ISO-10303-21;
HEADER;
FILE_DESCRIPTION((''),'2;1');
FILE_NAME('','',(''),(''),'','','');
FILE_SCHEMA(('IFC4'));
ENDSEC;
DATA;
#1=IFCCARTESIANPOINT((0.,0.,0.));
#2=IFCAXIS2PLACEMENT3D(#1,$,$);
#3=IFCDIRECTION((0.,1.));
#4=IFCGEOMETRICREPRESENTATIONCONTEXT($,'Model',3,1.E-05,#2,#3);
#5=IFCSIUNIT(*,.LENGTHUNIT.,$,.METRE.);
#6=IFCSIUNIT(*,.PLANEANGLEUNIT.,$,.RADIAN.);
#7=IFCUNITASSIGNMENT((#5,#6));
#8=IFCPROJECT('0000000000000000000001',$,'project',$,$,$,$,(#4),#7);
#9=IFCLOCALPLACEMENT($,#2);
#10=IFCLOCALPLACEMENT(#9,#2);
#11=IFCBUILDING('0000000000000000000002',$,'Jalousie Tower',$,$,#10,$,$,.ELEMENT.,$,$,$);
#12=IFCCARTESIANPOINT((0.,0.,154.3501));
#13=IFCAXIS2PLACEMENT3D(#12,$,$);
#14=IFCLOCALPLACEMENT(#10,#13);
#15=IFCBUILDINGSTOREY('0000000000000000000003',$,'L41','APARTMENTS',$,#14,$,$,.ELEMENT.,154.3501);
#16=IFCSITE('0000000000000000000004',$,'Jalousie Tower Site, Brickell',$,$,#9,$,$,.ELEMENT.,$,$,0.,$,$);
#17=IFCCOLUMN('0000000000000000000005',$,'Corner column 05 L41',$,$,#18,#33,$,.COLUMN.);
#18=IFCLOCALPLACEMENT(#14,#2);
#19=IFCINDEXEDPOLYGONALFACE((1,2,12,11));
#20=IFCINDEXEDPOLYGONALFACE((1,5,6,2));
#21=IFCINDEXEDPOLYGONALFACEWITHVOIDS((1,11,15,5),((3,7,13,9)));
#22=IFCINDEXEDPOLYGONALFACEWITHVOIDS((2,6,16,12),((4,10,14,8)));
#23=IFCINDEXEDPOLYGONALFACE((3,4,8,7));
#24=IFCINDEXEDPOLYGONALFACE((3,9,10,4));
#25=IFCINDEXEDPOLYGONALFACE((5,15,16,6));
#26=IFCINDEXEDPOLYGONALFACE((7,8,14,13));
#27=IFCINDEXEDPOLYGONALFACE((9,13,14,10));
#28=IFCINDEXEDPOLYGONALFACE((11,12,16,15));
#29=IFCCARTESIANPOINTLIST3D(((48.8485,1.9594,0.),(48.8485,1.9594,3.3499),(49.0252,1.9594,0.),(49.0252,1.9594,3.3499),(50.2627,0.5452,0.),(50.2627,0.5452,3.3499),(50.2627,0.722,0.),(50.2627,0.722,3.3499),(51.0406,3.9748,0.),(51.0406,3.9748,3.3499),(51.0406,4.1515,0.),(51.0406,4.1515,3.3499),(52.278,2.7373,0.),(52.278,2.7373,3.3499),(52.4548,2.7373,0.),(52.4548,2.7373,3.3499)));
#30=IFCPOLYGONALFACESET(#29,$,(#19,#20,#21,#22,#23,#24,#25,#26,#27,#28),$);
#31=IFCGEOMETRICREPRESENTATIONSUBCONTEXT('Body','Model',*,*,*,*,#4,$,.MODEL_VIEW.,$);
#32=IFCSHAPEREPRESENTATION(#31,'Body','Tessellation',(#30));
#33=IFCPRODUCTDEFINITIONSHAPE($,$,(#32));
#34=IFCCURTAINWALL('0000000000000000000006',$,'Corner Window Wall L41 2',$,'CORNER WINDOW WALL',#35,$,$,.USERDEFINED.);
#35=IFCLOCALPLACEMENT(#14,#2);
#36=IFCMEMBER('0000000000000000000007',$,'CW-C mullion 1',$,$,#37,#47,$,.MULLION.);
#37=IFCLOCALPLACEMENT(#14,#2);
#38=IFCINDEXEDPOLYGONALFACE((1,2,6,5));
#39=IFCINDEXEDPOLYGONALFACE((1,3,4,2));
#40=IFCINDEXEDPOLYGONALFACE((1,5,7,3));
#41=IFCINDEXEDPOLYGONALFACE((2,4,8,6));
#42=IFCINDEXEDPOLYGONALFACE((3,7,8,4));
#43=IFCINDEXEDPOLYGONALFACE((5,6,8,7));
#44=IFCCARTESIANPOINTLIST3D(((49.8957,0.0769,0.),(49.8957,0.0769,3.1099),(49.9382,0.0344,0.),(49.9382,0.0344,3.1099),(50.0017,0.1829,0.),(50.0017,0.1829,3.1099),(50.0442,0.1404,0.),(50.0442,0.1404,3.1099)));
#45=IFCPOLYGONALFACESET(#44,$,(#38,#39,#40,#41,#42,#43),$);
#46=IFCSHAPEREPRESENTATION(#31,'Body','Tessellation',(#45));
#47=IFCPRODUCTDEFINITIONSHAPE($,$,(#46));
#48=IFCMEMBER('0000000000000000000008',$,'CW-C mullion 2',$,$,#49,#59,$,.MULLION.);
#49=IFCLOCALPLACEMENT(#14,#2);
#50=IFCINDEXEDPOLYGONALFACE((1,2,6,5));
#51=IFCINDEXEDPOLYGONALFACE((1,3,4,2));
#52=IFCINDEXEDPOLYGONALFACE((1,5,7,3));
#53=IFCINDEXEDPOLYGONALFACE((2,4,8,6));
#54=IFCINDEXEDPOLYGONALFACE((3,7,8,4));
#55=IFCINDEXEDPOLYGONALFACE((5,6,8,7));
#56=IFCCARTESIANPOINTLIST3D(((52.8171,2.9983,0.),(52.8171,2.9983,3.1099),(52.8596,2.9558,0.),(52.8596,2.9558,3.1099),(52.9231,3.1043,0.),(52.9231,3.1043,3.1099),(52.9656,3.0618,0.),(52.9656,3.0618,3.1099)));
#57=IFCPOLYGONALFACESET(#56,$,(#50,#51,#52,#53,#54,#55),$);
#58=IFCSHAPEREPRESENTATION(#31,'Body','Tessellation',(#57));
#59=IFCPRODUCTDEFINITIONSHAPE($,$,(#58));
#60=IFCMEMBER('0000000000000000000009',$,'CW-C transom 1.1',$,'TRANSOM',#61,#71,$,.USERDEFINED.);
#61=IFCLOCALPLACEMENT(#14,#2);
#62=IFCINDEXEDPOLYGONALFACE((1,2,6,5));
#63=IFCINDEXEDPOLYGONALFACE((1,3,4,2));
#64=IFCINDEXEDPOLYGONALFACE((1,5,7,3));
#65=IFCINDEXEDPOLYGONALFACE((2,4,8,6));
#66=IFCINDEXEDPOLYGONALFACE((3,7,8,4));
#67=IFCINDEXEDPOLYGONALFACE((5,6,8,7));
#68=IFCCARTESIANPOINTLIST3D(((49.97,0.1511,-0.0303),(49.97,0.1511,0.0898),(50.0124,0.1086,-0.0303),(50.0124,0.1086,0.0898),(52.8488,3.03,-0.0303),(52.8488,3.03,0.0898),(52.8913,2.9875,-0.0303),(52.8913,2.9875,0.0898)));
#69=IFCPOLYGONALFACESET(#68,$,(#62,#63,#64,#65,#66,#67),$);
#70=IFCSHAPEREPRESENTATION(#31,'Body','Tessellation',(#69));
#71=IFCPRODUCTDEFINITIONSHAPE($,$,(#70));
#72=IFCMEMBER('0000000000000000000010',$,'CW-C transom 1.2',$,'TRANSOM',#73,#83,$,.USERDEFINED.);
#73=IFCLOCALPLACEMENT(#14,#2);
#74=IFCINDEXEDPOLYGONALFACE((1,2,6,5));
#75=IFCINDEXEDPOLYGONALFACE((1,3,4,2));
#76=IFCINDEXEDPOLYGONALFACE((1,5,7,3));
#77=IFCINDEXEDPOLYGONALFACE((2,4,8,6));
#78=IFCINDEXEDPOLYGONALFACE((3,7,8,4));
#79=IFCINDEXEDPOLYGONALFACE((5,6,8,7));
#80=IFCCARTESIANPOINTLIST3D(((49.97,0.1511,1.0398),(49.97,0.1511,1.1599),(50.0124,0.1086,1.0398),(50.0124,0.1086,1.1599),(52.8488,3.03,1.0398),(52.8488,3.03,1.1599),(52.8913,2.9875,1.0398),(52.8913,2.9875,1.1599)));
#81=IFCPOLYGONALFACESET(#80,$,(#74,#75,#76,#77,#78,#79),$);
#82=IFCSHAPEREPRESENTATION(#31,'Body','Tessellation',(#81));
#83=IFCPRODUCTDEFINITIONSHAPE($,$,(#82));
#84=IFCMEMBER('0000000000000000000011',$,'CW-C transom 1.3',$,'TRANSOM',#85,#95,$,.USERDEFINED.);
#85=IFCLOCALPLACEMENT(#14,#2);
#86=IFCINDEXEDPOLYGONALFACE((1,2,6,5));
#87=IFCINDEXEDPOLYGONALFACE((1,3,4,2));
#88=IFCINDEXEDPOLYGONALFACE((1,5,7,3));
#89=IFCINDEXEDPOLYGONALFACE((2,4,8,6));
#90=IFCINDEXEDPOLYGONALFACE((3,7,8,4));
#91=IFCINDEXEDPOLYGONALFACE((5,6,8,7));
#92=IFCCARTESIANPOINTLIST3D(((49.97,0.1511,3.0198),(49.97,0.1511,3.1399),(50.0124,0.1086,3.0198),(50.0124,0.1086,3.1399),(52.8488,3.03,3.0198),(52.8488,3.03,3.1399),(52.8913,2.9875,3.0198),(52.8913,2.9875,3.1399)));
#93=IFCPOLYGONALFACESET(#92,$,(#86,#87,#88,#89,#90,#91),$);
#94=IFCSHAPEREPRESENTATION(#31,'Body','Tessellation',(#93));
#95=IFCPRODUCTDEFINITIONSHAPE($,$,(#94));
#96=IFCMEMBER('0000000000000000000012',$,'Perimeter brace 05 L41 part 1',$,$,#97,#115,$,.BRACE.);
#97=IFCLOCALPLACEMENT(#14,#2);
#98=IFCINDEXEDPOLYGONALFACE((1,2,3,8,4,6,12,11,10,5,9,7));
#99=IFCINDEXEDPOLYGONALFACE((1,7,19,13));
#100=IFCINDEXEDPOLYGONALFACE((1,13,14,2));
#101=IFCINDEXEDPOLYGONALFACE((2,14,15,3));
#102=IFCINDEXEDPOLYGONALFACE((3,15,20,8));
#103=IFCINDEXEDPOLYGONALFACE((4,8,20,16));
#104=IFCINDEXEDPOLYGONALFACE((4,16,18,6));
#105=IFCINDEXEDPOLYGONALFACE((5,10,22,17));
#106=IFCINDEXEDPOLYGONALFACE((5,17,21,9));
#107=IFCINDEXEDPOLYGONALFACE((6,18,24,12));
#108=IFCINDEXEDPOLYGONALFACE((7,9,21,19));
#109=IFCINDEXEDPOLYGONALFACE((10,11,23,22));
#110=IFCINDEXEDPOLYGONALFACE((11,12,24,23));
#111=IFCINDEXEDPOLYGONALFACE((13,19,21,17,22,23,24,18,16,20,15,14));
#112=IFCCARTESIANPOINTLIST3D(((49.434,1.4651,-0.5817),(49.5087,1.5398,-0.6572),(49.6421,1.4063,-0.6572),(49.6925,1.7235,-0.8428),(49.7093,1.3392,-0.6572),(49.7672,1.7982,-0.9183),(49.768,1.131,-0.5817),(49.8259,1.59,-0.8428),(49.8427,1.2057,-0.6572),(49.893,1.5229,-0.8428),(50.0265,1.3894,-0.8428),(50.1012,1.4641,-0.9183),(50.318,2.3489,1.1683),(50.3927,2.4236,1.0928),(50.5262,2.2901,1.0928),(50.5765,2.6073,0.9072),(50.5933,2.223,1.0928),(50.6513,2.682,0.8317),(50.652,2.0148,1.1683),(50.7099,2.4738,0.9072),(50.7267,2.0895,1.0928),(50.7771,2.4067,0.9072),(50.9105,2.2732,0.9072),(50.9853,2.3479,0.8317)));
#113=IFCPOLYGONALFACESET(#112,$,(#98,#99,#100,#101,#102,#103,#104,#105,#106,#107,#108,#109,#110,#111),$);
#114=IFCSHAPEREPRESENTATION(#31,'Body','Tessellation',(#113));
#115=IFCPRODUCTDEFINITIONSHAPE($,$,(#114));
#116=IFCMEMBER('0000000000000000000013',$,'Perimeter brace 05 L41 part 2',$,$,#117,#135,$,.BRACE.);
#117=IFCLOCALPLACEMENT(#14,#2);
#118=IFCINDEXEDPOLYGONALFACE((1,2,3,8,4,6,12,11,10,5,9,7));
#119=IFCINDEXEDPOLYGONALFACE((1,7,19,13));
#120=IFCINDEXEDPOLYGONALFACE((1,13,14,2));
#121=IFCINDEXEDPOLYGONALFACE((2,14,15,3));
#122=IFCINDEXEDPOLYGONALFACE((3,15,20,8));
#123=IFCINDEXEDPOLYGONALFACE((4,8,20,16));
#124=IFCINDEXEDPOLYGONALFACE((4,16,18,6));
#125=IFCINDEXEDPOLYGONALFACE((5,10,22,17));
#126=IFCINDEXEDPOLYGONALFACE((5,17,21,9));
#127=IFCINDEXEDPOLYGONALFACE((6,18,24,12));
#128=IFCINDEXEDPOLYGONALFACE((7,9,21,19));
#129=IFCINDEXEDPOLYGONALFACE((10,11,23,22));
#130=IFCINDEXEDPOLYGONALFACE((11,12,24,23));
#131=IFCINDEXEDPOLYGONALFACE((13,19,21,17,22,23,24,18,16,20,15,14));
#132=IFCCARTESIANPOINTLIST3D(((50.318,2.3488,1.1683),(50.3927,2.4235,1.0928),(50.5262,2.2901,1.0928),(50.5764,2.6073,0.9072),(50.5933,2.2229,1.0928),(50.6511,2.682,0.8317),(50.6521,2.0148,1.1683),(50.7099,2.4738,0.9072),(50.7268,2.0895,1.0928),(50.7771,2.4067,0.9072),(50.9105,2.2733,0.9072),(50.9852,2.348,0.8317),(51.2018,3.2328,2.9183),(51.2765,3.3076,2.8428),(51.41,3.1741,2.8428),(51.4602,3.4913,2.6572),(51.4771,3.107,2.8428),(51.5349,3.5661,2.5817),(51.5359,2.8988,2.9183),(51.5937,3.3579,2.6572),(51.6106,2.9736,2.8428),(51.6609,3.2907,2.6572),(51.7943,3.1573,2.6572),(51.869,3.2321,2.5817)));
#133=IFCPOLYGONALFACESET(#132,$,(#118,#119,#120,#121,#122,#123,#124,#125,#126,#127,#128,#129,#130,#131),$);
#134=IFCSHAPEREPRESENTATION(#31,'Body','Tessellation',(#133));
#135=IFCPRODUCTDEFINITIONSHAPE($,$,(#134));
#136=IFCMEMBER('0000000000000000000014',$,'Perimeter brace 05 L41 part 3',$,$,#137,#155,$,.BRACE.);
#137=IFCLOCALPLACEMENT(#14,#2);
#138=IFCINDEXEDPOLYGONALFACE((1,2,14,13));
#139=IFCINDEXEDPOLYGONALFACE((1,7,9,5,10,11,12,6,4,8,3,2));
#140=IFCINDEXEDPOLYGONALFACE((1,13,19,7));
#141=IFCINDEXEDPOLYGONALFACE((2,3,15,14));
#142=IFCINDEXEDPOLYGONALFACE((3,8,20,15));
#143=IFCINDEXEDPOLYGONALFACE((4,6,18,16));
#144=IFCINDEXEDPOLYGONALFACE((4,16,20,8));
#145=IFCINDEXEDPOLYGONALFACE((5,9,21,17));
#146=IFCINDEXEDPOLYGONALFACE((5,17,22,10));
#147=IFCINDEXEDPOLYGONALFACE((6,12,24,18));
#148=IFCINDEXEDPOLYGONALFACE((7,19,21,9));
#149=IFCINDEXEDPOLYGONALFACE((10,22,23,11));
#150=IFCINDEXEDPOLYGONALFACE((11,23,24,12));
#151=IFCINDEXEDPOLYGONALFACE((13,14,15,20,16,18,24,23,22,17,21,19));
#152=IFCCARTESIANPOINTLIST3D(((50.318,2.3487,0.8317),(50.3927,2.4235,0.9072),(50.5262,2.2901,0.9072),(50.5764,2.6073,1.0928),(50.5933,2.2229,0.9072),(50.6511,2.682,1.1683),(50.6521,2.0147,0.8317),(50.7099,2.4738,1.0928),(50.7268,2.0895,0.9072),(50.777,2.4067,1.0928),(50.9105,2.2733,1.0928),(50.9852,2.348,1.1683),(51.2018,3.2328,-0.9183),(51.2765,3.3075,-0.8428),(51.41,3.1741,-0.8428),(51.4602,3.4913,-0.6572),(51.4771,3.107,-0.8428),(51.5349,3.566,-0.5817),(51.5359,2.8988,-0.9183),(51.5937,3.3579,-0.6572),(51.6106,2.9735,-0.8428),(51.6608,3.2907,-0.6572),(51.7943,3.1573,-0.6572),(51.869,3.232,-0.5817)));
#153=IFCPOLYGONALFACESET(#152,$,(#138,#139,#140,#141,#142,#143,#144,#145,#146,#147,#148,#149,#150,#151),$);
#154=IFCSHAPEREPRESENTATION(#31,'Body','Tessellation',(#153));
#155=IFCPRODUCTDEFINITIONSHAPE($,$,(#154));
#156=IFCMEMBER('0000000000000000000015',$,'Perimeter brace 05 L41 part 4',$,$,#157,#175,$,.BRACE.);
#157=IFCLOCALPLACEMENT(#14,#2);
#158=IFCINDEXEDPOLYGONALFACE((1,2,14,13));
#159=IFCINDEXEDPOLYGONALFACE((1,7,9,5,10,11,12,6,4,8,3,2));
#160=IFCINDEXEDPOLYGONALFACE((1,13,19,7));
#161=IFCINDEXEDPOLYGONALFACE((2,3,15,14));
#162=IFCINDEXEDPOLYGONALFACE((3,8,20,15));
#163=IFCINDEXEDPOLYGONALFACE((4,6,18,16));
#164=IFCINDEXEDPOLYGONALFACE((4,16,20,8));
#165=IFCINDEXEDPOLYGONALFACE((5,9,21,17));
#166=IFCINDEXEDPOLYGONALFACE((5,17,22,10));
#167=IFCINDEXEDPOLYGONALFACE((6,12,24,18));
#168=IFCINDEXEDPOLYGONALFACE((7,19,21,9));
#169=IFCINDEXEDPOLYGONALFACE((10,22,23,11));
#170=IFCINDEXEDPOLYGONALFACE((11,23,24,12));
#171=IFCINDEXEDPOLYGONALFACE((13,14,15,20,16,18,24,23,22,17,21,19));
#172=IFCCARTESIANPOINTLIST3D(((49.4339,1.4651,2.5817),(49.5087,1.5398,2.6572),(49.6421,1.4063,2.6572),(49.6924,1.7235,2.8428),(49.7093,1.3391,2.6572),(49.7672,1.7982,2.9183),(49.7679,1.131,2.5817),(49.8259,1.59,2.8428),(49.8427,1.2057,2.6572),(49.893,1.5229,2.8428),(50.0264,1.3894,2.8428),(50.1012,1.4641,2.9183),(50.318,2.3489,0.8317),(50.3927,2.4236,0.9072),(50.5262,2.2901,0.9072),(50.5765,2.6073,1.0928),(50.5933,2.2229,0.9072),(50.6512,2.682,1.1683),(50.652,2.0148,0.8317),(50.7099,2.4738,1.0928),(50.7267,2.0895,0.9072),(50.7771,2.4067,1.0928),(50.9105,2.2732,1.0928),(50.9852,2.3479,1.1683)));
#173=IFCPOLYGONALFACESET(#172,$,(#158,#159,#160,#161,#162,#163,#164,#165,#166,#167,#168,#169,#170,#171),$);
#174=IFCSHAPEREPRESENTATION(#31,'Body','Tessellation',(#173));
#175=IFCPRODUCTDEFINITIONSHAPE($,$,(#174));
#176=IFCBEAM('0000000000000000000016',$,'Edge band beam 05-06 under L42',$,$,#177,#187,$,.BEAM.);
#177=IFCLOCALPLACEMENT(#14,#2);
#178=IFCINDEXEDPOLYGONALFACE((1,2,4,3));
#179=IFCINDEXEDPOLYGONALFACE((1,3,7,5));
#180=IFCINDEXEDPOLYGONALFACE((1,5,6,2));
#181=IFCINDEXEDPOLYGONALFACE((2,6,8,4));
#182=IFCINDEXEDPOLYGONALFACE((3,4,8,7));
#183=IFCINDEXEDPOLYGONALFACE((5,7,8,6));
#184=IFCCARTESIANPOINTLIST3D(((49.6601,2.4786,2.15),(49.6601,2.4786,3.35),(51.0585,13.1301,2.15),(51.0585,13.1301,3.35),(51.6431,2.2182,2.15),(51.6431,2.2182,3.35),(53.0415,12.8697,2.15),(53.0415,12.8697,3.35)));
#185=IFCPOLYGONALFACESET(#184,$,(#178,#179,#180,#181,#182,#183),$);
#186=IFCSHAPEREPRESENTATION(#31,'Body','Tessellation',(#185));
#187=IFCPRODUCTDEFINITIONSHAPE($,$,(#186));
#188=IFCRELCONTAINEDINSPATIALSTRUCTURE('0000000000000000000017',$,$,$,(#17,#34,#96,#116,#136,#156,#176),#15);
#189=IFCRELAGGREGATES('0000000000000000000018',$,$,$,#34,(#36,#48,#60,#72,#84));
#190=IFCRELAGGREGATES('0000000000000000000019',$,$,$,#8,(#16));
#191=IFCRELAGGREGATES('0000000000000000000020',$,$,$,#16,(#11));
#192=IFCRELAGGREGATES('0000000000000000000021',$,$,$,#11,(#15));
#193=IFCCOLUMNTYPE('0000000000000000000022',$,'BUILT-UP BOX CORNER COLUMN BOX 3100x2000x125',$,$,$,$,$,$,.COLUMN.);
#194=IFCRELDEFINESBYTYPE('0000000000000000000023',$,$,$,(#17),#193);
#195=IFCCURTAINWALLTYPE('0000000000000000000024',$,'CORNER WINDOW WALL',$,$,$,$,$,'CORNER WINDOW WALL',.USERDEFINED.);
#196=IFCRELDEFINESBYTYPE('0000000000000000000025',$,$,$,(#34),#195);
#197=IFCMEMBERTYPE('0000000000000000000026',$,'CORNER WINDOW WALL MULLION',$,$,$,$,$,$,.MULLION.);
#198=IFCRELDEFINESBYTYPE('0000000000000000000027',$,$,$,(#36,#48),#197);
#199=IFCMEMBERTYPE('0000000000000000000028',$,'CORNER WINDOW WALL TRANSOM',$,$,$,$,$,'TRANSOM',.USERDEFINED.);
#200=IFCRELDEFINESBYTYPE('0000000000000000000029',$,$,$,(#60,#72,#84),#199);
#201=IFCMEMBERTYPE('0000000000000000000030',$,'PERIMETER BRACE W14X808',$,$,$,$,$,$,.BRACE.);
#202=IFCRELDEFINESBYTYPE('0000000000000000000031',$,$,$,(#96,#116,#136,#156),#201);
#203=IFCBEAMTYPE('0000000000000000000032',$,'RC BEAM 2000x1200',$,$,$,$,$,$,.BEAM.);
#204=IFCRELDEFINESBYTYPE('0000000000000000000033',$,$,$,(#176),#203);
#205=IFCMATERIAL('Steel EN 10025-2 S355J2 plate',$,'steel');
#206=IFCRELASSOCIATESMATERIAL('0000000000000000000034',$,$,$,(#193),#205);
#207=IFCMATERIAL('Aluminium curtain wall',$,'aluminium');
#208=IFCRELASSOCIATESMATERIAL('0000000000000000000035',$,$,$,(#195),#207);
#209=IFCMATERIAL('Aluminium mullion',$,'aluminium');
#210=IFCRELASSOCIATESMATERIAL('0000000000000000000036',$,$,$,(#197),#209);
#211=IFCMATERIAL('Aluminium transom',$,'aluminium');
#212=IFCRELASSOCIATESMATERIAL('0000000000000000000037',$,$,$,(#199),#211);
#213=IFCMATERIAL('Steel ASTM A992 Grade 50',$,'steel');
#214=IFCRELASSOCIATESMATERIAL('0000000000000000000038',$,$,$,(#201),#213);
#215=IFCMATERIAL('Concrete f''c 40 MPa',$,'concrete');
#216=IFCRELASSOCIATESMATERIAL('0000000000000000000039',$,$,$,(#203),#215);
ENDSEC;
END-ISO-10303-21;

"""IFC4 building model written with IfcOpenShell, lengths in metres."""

from ifc_helpers import new_model, si_unit, direction, frame, origin, origin_2d, place, context, subcontext, project, spatial, rectangle, hollow_rectangle, i_section, extrude, material, material_profile, profile_set, type_object, element, aggregate, save


model = new_model("IFC4")

# Units and contexts
model_context = context("Model", 3, precision=1e-05, world=origin(), true_north=direction((0.0, 1.0)))
body_context = subcontext(model_context, "Body", "Model", "MODEL_VIEW")
ifc_project = project(units=[si_unit("LENGTHUNIT", "METRE"), si_unit("PLANEANGLEUNIT", "RADIAN")], contexts=[model_context])

# Site, building, storey
site_placement = place(None, origin())
site = spatial("IfcSite", under=ifc_project, at=site_placement, Name="Jalousie Tower Site, Brickell", CompositionType="ELEMENT", RefElevation=0.0)
building_placement = place(site_placement, origin())
building = spatial("IfcBuilding", under=site, at=building_placement, Name="Jalousie Tower", CompositionType="ELEMENT")
storey_placement = place(building_placement, frame((0.0, 0.0, 154.3501)))
storey = spatial("IfcBuildingStorey", under=building, at=storey_placement, Name="L41", Description="APARTMENTS", CompositionType="ELEMENT", Elevation=154.3501)

# Column
ifc_material_1 = material(Name="Steel EN 10025-2 S355J2 plate", Category="steel")
ifc_material_profile_1 = material_profile(ifc_material_1, hollow_rectangle(XDim=2.0, YDim=3.1001, WallThickness=0.125, at=origin_2d()), Name="BOX 3100x2000x125")
ifc_profile_set_1 = profile_set([ifc_material_profile_1], Name="Steel EN 10025-2 S355J2 plate")
column_type = type_object("IfcColumnType", Name="BUILT-UP BOX CORNER COLUMN BOX 3100x2000x125", PredefinedType="COLUMN", material=ifc_profile_set_1)
column_placement = place(storey_placement, frame((50.6516, 2.3484, 0.0), z_axis=(0.0, 0.0, 1.0), x_axis=(-0.707107, 0.707107, 0.0)))
element("IfcColumn", 1, at=column_placement, inside=storey, type_object=column_type, Name="Corner column 05 L41", PredefinedType="COLUMN", context=body_context, shape_type="SweptSolid", body=[
    extrude(hollow_rectangle(XDim=2.0, YDim=3.1001, WallThickness=0.125, at=origin_2d()), origin(), (0.0, 0.0, 1.0), 3.3499),
])

# Curtain wall, members
ifc_material_2 = material(Name="Aluminium curtain wall", Category="aluminium")
curtain_wall_type_1 = type_object("IfcCurtainWallType", Name="CORNER WINDOW WALL", ElementType="CORNER WINDOW WALL", PredefinedType="USERDEFINED", material=ifc_material_2)
curtain_wall_1_placement = place(storey_placement, origin())
curtain_wall_1 = element("IfcCurtainWall", 2, at=curtain_wall_1_placement, inside=storey, type_object=curtain_wall_type_1, Name="Corner Window Wall L41 2", ObjectType="CORNER WINDOW WALL", PredefinedType="USERDEFINED")
ifc_material_3 = material(Name="Aluminium mullion", Category="aluminium")
ifc_material_profile_2 = material_profile(ifc_material_3, rectangle(XDim=0.0601, YDim=0.1499, at=origin_2d()), Name="MULLION 60x150")
ifc_profile_set_2 = profile_set([ifc_material_profile_2], Name="Aluminium mullion")
member_type_1 = type_object("IfcMemberType", Name="CORNER WINDOW WALL MULLION", PredefinedType="MULLION", material=ifc_profile_set_2)
member_1_placement = place(storey_placement, frame((49.97, 0.1086, 0.0), z_axis=(0.0, 0.0, 1.0), x_axis=(-0.707107, 0.707107, 0.0)))
member_1 = element("IfcMember", 3, at=member_1_placement, type_object=member_type_1, Name="CW-C mullion 1", PredefinedType="MULLION", context=body_context, shape_type="SweptSolid", body=[
    extrude(rectangle(XDim=0.0601, YDim=0.1499, at=origin_2d()), origin(), (0.0, 0.0, 1.0), 3.1099),
])
member_2_placement = place(storey_placement, frame((52.8914, 3.03, 0.0), z_axis=(0.0, 0.0, 1.0), x_axis=(-0.707107, 0.707107, 0.0)))
member_2 = element("IfcMember", 4, at=member_2_placement, type_object=member_type_1, Name="CW-C mullion 2", PredefinedType="MULLION", context=body_context, shape_type="SweptSolid", body=[
    extrude(rectangle(XDim=0.0601, YDim=0.1499, at=origin_2d()), origin(), (0.0, 0.0, 1.0), 3.1099),
])
ifc_material_4 = material(Name="Aluminium transom", Category="aluminium")
ifc_material_profile_3 = material_profile(ifc_material_4, rectangle(XDim=0.0601, YDim=0.1201, at=origin_2d()), Name="TRANSOM 60x120")
ifc_profile_set_3 = profile_set([ifc_material_profile_3], Name="Aluminium transom")
member_type_2 = type_object("IfcMemberType", Name="CORNER WINDOW WALL TRANSOM", ElementType="TRANSOM", PredefinedType="USERDEFINED", material=ifc_profile_set_3)
member_3_placement = place(storey_placement, frame((49.9912, 0.1299, 0.0298), z_axis=(0.707107, 0.707107, 0.0), x_axis=(-0.707107, 0.707107, 0.0)))
member_3 = element("IfcMember", 5, at=member_3_placement, type_object=member_type_2, Name="CW-C transom 1.1", ObjectType="TRANSOM", PredefinedType="USERDEFINED", context=body_context, shape_type="SweptSolid", body=[
    extrude(rectangle(XDim=0.0601, YDim=0.1201, at=origin_2d()), origin(), (0.0, 0.0, 1.0), 4.0713),
])
member_4_placement = place(storey_placement, frame((49.9912, 0.1299, 1.0999), z_axis=(0.707107, 0.707107, 0.0), x_axis=(-0.707107, 0.707107, 0.0)))
member_4 = element("IfcMember", 6, at=member_4_placement, type_object=member_type_2, Name="CW-C transom 1.2", ObjectType="TRANSOM", PredefinedType="USERDEFINED", context=body_context, shape_type="SweptSolid", body=[
    extrude(rectangle(XDim=0.0601, YDim=0.1201, at=origin_2d()), origin(), (0.0, 0.0, 1.0), 4.0713),
])
member_5_placement = place(storey_placement, frame((49.9912, 0.1299, 3.0798), z_axis=(0.707107, 0.707107, 0.0), x_axis=(-0.707107, 0.707107, 0.0)))
member_5 = element("IfcMember", 7, at=member_5_placement, type_object=member_type_2, Name="CW-C transom 1.3", ObjectType="TRANSOM", PredefinedType="USERDEFINED", context=body_context, shape_type="SweptSolid", body=[
    extrude(rectangle(XDim=0.0601, YDim=0.1201, at=origin_2d()), origin(), (0.0, 0.0, 1.0), 4.0713),
])

# Members
ifc_material_5 = material(Name="Steel ASTM A992 Grade 50", Category="steel")
ifc_material_profile_4 = material_profile(ifc_material_5, i_section(OverallWidth=0.4724, OverallDepth=0.5791, WebThickness=0.095, FlangeThickness=0.1299, at=origin_2d()), Name="W14X808")
ifc_profile_set_4 = profile_set([ifc_material_profile_4], Name="Steel ASTM A992 Grade 50")
member_type_3 = type_object("IfcMemberType", Name="PERIMETER BRACE W14X808", PredefinedType="BRACE", material=ifc_profile_set_4)
for number, where, z_axis, x_axis, name in (
    (8, (49.7676, 1.4646, -0.75), (0.411063, 0.410949, 0.813725), (-0.707009, 0.707204, 0.0), "Perimeter brace 05 L41 part 1"),
    (9, (50.6516, 2.3484, 1.0), (0.410949, 0.411063, 0.813725), (-0.707204, 0.707009, 0.0), "Perimeter brace 05 L41 part 2"),
    (10, (51.5354, 3.2324, -0.75), (-0.410949, -0.411063, 0.813725), (0.707204, -0.707009, 0.0), "Perimeter brace 05 L41 part 3"),
    (11, (50.6516, 2.3484, 1.0), (-0.411063, -0.410949, 0.813725), (0.707009, -0.707204, 0.0), "Perimeter brace 05 L41 part 4"),
):
    element("IfcMember", number, at=place(storey_placement, frame(where, z_axis=z_axis, x_axis=x_axis)), inside=storey, type_object=member_type_3, Name=name, PredefinedType="BRACE", context=body_context, shape_type="SweptSolid", body=[
        extrude(i_section(OverallWidth=0.4724, OverallDepth=0.5791, WebThickness=0.095, FlangeThickness=0.1299, at=origin_2d()), origin(), (0.0, 0.0, 1.0), 2.1506),
    ])

# Beam
ifc_material_6 = material(Name="Concrete f'c 40 MPa", Category="concrete")
ifc_material_profile_5 = material_profile(ifc_material_6, rectangle(XDim=2.0, YDim=1.2, at=origin_2d()), Name="RC 2000x1200")
ifc_profile_set_5 = profile_set([ifc_material_profile_5], Name="Concrete f'c 40 MPa")
beam_type = type_object("IfcBeamType", Name="RC BEAM 2000x1200", PredefinedType="BEAM", material=ifc_profile_set_5)
beam_placement = place(storey_placement, frame((50.6516, 2.3484, 2.75), z_axis=(0.130172, 0.991491, 0.0), x_axis=(-0.991491, 0.130172, 0.0)))
element("IfcBeam", 12, at=beam_placement, inside=storey, type_object=beam_type, Name="Edge band beam 05-06 under L42", PredefinedType="BEAM", context=body_context, shape_type="SweptSolid", body=[
    extrude(rectangle(XDim=2.0, YDim=1.2, at=origin_2d()), origin(), (0.0, 0.0, 1.0), 10.7429),
])

aggregate(curtain_wall_1, [member_1, member_2, member_3, member_4, member_5])

save(model, "model.ifc")
